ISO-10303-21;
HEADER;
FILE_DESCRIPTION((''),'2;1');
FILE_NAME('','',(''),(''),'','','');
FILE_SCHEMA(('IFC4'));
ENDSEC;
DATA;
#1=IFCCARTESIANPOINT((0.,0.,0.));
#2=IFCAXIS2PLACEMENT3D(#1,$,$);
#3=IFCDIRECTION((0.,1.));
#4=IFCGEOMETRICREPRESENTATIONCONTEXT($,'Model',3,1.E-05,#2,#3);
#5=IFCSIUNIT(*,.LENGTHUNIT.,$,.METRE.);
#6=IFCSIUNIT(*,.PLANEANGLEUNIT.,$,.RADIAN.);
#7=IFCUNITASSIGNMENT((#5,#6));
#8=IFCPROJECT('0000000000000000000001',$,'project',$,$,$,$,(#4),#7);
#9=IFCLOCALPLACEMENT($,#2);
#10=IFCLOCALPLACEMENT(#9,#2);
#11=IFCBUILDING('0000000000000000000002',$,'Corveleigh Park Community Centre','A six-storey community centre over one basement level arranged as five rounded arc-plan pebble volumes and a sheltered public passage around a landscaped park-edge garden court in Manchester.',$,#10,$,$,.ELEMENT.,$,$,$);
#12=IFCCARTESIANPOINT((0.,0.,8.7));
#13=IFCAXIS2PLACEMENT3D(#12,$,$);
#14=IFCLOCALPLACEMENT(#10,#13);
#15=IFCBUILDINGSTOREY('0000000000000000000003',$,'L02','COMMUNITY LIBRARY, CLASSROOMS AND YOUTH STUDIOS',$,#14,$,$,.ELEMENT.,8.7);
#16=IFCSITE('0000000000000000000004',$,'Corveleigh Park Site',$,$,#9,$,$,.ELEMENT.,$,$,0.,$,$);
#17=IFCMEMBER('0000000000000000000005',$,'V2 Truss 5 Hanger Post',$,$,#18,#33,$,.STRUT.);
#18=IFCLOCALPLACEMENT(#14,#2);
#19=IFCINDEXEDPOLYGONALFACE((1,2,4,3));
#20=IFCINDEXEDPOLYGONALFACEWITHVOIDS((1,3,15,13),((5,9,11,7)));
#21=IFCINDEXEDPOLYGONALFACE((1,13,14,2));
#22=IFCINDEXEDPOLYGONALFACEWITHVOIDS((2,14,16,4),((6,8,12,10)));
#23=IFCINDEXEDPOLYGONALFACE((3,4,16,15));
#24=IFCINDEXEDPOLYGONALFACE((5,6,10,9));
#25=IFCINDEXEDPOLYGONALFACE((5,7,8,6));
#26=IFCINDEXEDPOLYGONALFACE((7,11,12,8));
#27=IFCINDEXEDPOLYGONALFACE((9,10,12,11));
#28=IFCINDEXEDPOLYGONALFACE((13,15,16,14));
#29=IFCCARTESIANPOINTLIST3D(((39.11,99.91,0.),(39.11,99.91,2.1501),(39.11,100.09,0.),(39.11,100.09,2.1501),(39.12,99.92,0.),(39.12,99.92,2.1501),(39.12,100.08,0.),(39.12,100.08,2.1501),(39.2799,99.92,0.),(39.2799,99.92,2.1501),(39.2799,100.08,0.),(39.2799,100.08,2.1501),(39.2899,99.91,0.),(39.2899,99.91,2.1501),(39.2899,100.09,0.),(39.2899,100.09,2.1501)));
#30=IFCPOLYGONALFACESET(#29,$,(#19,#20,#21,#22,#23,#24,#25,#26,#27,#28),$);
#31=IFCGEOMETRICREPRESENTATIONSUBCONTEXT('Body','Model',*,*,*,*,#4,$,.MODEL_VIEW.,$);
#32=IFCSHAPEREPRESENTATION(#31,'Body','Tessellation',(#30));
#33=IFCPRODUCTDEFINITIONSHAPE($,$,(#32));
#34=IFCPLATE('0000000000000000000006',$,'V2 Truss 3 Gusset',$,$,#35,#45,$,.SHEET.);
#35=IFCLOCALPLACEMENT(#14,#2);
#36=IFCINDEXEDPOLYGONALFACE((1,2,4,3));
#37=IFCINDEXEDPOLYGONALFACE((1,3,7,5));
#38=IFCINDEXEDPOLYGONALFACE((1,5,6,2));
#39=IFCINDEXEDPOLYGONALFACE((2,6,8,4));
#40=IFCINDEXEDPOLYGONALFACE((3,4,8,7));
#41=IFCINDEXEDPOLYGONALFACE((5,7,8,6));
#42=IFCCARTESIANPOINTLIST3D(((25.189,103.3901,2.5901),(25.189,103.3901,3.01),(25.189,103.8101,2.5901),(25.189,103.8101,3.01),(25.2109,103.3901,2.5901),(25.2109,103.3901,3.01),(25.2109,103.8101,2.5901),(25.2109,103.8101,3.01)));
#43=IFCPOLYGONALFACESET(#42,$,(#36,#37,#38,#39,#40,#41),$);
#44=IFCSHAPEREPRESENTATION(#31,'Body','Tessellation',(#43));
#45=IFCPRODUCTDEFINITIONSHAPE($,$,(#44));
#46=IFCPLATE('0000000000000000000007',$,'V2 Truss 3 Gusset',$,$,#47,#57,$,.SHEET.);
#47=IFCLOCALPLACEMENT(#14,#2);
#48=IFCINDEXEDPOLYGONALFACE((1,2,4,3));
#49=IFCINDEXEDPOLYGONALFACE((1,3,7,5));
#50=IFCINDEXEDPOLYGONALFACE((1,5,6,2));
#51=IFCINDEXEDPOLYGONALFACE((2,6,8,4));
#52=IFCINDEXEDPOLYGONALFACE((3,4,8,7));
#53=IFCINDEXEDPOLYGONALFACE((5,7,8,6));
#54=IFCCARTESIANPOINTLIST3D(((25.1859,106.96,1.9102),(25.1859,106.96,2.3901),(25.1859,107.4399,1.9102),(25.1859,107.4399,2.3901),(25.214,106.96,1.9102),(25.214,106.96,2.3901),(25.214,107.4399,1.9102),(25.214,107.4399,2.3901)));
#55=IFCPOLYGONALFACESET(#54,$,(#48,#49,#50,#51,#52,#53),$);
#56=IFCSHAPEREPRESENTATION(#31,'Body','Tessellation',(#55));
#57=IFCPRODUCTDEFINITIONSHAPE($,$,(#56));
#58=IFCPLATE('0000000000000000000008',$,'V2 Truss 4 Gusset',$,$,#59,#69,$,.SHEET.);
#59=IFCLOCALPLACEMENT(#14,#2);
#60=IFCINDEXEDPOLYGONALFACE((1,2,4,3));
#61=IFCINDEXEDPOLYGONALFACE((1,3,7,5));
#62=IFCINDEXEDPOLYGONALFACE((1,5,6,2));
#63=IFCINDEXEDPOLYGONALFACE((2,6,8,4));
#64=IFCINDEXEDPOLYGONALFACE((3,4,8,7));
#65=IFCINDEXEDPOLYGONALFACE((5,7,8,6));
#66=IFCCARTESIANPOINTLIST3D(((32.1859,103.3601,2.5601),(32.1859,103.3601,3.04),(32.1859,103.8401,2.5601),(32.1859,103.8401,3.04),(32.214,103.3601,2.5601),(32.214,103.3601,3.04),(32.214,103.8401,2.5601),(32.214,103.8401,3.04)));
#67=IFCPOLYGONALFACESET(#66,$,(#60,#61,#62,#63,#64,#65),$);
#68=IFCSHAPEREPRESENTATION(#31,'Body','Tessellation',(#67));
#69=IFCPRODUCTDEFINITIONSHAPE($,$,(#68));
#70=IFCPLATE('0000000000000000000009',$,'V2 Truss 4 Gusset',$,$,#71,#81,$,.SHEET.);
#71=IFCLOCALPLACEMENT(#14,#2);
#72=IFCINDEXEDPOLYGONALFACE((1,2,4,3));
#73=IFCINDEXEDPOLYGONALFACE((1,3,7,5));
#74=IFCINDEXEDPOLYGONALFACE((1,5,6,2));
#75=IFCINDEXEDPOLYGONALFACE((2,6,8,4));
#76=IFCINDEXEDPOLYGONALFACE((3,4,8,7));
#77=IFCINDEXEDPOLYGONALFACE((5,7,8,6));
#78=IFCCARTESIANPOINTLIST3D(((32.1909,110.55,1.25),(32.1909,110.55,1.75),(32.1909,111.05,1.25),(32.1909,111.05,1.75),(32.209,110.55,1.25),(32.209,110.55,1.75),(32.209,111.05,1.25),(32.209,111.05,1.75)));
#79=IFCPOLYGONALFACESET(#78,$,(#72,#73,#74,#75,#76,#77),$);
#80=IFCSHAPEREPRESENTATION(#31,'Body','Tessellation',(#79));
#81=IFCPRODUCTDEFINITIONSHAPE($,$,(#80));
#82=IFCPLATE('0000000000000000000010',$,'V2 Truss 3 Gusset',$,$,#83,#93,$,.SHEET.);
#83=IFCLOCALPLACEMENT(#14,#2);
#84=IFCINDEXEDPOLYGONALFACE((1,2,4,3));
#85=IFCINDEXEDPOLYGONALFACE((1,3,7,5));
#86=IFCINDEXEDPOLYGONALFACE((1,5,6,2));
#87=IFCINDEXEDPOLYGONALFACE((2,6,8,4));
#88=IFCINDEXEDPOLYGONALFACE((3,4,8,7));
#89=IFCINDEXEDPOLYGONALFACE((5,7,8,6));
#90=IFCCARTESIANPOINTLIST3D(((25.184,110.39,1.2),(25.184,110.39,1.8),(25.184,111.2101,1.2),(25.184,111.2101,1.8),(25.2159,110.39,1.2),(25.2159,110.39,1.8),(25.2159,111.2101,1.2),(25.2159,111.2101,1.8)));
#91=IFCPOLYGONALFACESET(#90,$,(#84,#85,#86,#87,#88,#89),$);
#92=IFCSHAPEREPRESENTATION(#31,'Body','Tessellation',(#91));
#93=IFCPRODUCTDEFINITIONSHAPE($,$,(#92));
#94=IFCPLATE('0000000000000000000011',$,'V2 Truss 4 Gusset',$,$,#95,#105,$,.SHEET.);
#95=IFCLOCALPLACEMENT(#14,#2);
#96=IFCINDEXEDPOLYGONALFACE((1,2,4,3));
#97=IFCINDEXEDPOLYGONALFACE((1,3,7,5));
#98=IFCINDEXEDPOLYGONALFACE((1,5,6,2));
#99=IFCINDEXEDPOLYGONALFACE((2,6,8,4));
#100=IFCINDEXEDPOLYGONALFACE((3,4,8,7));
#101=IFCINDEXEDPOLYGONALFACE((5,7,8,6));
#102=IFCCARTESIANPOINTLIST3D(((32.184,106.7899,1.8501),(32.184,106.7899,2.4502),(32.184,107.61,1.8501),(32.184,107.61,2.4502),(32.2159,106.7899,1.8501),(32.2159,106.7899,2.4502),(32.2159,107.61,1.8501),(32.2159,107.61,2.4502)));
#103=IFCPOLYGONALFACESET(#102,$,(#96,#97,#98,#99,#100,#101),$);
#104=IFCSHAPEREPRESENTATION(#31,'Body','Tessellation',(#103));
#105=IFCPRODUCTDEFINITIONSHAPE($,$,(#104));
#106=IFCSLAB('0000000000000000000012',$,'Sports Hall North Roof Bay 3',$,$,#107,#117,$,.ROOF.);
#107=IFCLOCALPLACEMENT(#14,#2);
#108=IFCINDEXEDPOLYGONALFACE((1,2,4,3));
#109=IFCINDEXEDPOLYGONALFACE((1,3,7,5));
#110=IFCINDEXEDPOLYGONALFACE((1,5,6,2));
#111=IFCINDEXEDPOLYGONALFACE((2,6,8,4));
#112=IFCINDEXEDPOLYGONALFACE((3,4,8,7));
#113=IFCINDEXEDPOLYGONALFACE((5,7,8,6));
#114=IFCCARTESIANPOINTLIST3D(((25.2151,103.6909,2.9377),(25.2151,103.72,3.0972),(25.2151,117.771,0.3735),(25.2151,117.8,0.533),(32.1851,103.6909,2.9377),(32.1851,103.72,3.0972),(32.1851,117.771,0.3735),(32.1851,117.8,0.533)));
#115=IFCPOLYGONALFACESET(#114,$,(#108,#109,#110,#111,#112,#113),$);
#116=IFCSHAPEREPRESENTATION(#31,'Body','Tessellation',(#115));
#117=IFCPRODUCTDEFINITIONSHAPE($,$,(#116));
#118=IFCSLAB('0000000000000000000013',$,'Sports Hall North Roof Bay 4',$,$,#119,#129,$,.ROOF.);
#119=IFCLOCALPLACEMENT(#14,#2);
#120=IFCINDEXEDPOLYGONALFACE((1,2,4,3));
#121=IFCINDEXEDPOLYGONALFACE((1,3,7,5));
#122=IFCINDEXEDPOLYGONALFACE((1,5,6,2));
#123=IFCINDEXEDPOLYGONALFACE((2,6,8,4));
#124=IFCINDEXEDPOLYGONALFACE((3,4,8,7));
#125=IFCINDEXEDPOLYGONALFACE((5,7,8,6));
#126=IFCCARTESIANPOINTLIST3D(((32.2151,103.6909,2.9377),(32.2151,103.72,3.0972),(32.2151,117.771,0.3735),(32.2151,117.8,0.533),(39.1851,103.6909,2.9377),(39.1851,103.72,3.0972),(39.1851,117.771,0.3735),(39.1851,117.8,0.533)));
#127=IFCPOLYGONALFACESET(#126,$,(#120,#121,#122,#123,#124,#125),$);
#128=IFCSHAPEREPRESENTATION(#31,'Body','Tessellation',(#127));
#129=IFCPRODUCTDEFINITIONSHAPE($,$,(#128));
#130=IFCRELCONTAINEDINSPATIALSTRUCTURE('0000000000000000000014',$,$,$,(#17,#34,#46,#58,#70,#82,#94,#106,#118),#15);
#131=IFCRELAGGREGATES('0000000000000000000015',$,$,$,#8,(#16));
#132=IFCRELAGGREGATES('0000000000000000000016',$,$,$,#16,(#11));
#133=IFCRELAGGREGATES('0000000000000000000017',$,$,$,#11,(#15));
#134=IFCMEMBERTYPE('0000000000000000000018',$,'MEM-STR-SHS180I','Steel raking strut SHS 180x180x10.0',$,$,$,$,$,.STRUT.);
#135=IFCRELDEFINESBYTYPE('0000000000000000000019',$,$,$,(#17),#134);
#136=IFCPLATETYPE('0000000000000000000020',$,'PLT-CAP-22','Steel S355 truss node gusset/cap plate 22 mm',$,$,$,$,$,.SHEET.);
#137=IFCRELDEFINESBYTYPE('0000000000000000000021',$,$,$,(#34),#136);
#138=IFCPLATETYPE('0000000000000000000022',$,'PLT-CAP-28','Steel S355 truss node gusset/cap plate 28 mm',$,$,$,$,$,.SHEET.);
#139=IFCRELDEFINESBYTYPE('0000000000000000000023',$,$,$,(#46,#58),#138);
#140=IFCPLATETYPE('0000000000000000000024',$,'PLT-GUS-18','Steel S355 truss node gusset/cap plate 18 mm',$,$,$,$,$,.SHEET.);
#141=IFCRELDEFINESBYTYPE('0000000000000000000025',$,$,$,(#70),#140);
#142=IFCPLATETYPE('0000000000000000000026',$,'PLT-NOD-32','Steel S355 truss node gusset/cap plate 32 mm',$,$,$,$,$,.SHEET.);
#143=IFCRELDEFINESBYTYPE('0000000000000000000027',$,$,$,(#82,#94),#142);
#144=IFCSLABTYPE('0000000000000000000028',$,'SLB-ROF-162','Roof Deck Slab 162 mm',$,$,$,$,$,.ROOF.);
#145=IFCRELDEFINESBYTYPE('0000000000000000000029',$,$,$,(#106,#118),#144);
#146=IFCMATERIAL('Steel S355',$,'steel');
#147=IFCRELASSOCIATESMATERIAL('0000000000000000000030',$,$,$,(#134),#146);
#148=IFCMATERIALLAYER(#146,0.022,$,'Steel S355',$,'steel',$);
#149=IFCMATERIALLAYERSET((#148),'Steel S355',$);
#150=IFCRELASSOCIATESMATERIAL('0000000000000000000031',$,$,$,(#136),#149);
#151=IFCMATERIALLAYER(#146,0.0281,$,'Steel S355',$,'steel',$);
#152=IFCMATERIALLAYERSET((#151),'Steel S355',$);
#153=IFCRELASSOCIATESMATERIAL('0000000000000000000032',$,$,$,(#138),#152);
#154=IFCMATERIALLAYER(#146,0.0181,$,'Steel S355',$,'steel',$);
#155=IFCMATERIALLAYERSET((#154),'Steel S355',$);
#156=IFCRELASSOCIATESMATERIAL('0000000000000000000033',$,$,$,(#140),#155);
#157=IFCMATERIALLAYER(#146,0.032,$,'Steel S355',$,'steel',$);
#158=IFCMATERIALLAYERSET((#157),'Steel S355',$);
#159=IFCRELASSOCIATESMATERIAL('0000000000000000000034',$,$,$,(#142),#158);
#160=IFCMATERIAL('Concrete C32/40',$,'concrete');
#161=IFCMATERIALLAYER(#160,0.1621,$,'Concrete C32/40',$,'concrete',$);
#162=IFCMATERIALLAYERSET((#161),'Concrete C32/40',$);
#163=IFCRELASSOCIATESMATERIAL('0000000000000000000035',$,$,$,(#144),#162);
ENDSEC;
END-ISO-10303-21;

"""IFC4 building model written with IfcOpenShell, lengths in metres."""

from ifc_helpers import new_model, si_unit, direction, frame, origin, origin_2d, place, context, subcontext, project, spatial, polyline, rectangle, hollow_rectangle, outline, extrude, material, layer, layer_set, material_profile, profile_set, type_object, element, save


model = new_model("IFC4")

# Units and contexts
model_context = context("Model", 3, precision=1e-05, world=origin(), true_north=direction((0.0, 1.0)))
body_context = subcontext(model_context, "Body", "Model", "MODEL_VIEW")
ifc_project = project(units=[si_unit("LENGTHUNIT", "METRE"), si_unit("PLANEANGLEUNIT", "RADIAN")], contexts=[model_context])

# Site, building, storey
site_placement = place(None, origin())
site = spatial("IfcSite", under=ifc_project, at=site_placement, Name="Corveleigh Park Site", CompositionType="ELEMENT", RefElevation=0.0)
building_placement = place(site_placement, origin())
building = spatial("IfcBuilding", under=site, at=building_placement, Name="Corveleigh Park Community Centre", Description="A six-storey community centre over one basement level arranged as five rounded arc-plan pebble volumes and a sheltered public passage around a landscaped park-edge garden court in Manchester.", CompositionType="ELEMENT")
storey_placement = place(building_placement, frame((0.0, 0.0, 8.7)))
storey = spatial("IfcBuildingStorey", under=building, at=storey_placement, Name="L02", Description="COMMUNITY LIBRARY, CLASSROOMS AND YOUTH STUDIOS", CompositionType="ELEMENT", Elevation=8.7)

# Shared definitions
ifc_material_1 = material(Name="Steel S355", Category="steel")

# Member
ifc_material_profile_1 = material_profile(ifc_material_1, hollow_rectangle(XDim=0.1799, YDim=0.1799, WallThickness=0.01, at=origin_2d()), Name="SHS 180x180x10.0", Category="steel")
ifc_profile_set_1 = profile_set([ifc_material_profile_1], Name="Steel S355")
member_type_1 = type_object("IfcMemberType", Name="MEM-STR-SHS180I", Description="Steel raking strut SHS 180x180x10.0", PredefinedType="STRUT", material=ifc_profile_set_1)
member_1_placement = place(storey_placement, frame((39.2, 100.0, 0.0), z_axis=(0.0, 0.0, 1.0), x_axis=(1.0, 0.0, 0.0)))
element("IfcMember", 1, at=member_1_placement, inside=storey, type_object=member_type_1, Name="V2 Truss 5 Hanger Post", PredefinedType="STRUT", context=body_context, shape_type="SweptSolid", body=[
    extrude(hollow_rectangle(XDim=0.1799, YDim=0.1799, WallThickness=0.01, at=origin_2d()), origin(), (0.0, 0.0, 1.0), 2.1501),
])

# Plates
ifc_layer_1 = layer(ifc_material_1, 0.022, Name="Steel S355", Category="steel")
ifc_layer_set_1 = layer_set([ifc_layer_1], Name="Steel S355")
plate_type_1 = type_object("IfcPlateType", Name="PLT-CAP-22", Description="Steel S355 truss node gusset/cap plate 22 mm", PredefinedType="SHEET", material=ifc_layer_set_1)
plate_1_placement = place(storey_placement, frame((25.2, 103.6001, 2.5901), z_axis=(0.0, 0.0, 1.0), x_axis=(0.0, 1.0, 0.0)))
element("IfcPlate", 2, at=plate_1_placement, inside=storey, type_object=plate_type_1, Name="V2 Truss 3 Gusset", PredefinedType="SHEET", context=body_context, shape_type="SweptSolid", body=[
    extrude(rectangle(XDim=0.4199, YDim=0.022, at=origin_2d()), origin(), (0.0, 0.0, 1.0), 0.4199),
])
ifc_layer_2 = layer(ifc_material_1, 0.0281, Name="Steel S355", Category="steel")
ifc_layer_set_2 = layer_set([ifc_layer_2], Name="Steel S355")
plate_type_2 = type_object("IfcPlateType", Name="PLT-CAP-28", Description="Steel S355 truss node gusset/cap plate 28 mm", PredefinedType="SHEET", material=ifc_layer_set_2)
for number, where, z_axis, x_axis, name in (
    (3, (25.2, 107.2, 1.9102), (0.0, 0.0, 1.0), (0.0, 1.0, 0.0), "V2 Truss 3 Gusset"),
    (4, (32.2, 103.6001, 2.5601), (0.0, 0.0, 1.0), (0.0, 1.0, 0.0), "V2 Truss 4 Gusset"),
):
    element("IfcPlate", number, at=place(storey_placement, frame(where, z_axis=z_axis, x_axis=x_axis)), inside=storey, type_object=plate_type_2, Name=name, PredefinedType="SHEET", context=body_context, shape_type="SweptSolid", body=[
        extrude(rectangle(XDim=0.48, YDim=0.0281, at=origin_2d()), origin(), (0.0, 0.0, 1.0), 0.48),
    ])
ifc_layer_3 = layer(ifc_material_1, 0.0181, Name="Steel S355", Category="steel")
ifc_layer_set_3 = layer_set([ifc_layer_3], Name="Steel S355")
plate_type_3 = type_object("IfcPlateType", Name="PLT-GUS-18", Description="Steel S355 truss node gusset/cap plate 18 mm", PredefinedType="SHEET", material=ifc_layer_set_3)
plate_2_placement = place(storey_placement, frame((32.2, 110.8, 1.25), z_axis=(0.0, 0.0, 1.0), x_axis=(0.0, 1.0, 0.0)))
element("IfcPlate", 5, at=plate_2_placement, inside=storey, type_object=plate_type_3, Name="V2 Truss 4 Gusset", PredefinedType="SHEET", context=body_context, shape_type="SweptSolid", body=[
    extrude(rectangle(XDim=0.5, YDim=0.0181, at=origin_2d()), origin(), (0.0, 0.0, 1.0), 0.5),
])
ifc_layer_4 = layer(ifc_material_1, 0.032, Name="Steel S355", Category="steel")
ifc_layer_set_4 = layer_set([ifc_layer_4], Name="Steel S355")
plate_type_4 = type_object("IfcPlateType", Name="PLT-NOD-32", Description="Steel S355 truss node gusset/cap plate 32 mm", PredefinedType="SHEET", material=ifc_layer_set_4)
for number, where, z_axis, x_axis, name in (
    (6, (25.2, 110.8, 1.2), (0.0, 0.0, 1.0), (0.0, 1.0, 0.0), "V2 Truss 3 Gusset"),
    (7, (32.2, 107.2, 1.8501), (0.0, 0.0, 1.0), (0.0, 1.0, 0.0), "V2 Truss 4 Gusset"),
):
    element("IfcPlate", number, at=place(storey_placement, frame(where, z_axis=z_axis, x_axis=x_axis)), inside=storey, type_object=plate_type_4, Name=name, PredefinedType="SHEET", context=body_context, shape_type="SweptSolid", body=[
        extrude(rectangle(XDim=0.8201, YDim=0.032, at=origin_2d()), origin(), (0.0, 0.0, 1.0), 0.6001),
    ])

# Slabs
ifc_material_2 = material(Name="Concrete C32/40", Category="concrete")
ifc_layer_5 = layer(ifc_material_2, 0.1621, Name="Concrete C32/40", Category="concrete")
ifc_layer_set_5 = layer_set([ifc_layer_5], Name="Concrete C32/40")
slab_type = type_object("IfcSlabType", Name="SLB-ROF-162", Description="Roof Deck Slab 162 mm", PredefinedType="ROOF", material=ifc_layer_set_5)
for number, where, z_axis, x_axis, name in (
    (8, (25.2151, 103.72, 3.0972), (0.0, 0.179169, 0.983818), (1.0, 0.0, 0.0), "Sports Hall North Roof Bay 3"),
    (9, (32.2151, 103.72, 3.0972), (0.0, 0.179169, 0.983818), (1.0, 0.0, 0.0), "Sports Hall North Roof Bay 4"),
):
    element("IfcSlab", number, at=place(storey_placement, frame(where, z_axis=z_axis, x_axis=x_axis)), inside=storey, type_object=slab_type, Name=name, PredefinedType="ROOF", context=body_context, shape_type="SweptSolid", body=[
        extrude(outline(polyline([(0.0, 0.0), (6.97, 0.0), (6.97, 14.3117), (0.0, 14.3117), (0.0, 0.0)])), origin(), (0.0, 0.0, -1.0), 0.1621),
    ])

save(model, "model.ifc")
